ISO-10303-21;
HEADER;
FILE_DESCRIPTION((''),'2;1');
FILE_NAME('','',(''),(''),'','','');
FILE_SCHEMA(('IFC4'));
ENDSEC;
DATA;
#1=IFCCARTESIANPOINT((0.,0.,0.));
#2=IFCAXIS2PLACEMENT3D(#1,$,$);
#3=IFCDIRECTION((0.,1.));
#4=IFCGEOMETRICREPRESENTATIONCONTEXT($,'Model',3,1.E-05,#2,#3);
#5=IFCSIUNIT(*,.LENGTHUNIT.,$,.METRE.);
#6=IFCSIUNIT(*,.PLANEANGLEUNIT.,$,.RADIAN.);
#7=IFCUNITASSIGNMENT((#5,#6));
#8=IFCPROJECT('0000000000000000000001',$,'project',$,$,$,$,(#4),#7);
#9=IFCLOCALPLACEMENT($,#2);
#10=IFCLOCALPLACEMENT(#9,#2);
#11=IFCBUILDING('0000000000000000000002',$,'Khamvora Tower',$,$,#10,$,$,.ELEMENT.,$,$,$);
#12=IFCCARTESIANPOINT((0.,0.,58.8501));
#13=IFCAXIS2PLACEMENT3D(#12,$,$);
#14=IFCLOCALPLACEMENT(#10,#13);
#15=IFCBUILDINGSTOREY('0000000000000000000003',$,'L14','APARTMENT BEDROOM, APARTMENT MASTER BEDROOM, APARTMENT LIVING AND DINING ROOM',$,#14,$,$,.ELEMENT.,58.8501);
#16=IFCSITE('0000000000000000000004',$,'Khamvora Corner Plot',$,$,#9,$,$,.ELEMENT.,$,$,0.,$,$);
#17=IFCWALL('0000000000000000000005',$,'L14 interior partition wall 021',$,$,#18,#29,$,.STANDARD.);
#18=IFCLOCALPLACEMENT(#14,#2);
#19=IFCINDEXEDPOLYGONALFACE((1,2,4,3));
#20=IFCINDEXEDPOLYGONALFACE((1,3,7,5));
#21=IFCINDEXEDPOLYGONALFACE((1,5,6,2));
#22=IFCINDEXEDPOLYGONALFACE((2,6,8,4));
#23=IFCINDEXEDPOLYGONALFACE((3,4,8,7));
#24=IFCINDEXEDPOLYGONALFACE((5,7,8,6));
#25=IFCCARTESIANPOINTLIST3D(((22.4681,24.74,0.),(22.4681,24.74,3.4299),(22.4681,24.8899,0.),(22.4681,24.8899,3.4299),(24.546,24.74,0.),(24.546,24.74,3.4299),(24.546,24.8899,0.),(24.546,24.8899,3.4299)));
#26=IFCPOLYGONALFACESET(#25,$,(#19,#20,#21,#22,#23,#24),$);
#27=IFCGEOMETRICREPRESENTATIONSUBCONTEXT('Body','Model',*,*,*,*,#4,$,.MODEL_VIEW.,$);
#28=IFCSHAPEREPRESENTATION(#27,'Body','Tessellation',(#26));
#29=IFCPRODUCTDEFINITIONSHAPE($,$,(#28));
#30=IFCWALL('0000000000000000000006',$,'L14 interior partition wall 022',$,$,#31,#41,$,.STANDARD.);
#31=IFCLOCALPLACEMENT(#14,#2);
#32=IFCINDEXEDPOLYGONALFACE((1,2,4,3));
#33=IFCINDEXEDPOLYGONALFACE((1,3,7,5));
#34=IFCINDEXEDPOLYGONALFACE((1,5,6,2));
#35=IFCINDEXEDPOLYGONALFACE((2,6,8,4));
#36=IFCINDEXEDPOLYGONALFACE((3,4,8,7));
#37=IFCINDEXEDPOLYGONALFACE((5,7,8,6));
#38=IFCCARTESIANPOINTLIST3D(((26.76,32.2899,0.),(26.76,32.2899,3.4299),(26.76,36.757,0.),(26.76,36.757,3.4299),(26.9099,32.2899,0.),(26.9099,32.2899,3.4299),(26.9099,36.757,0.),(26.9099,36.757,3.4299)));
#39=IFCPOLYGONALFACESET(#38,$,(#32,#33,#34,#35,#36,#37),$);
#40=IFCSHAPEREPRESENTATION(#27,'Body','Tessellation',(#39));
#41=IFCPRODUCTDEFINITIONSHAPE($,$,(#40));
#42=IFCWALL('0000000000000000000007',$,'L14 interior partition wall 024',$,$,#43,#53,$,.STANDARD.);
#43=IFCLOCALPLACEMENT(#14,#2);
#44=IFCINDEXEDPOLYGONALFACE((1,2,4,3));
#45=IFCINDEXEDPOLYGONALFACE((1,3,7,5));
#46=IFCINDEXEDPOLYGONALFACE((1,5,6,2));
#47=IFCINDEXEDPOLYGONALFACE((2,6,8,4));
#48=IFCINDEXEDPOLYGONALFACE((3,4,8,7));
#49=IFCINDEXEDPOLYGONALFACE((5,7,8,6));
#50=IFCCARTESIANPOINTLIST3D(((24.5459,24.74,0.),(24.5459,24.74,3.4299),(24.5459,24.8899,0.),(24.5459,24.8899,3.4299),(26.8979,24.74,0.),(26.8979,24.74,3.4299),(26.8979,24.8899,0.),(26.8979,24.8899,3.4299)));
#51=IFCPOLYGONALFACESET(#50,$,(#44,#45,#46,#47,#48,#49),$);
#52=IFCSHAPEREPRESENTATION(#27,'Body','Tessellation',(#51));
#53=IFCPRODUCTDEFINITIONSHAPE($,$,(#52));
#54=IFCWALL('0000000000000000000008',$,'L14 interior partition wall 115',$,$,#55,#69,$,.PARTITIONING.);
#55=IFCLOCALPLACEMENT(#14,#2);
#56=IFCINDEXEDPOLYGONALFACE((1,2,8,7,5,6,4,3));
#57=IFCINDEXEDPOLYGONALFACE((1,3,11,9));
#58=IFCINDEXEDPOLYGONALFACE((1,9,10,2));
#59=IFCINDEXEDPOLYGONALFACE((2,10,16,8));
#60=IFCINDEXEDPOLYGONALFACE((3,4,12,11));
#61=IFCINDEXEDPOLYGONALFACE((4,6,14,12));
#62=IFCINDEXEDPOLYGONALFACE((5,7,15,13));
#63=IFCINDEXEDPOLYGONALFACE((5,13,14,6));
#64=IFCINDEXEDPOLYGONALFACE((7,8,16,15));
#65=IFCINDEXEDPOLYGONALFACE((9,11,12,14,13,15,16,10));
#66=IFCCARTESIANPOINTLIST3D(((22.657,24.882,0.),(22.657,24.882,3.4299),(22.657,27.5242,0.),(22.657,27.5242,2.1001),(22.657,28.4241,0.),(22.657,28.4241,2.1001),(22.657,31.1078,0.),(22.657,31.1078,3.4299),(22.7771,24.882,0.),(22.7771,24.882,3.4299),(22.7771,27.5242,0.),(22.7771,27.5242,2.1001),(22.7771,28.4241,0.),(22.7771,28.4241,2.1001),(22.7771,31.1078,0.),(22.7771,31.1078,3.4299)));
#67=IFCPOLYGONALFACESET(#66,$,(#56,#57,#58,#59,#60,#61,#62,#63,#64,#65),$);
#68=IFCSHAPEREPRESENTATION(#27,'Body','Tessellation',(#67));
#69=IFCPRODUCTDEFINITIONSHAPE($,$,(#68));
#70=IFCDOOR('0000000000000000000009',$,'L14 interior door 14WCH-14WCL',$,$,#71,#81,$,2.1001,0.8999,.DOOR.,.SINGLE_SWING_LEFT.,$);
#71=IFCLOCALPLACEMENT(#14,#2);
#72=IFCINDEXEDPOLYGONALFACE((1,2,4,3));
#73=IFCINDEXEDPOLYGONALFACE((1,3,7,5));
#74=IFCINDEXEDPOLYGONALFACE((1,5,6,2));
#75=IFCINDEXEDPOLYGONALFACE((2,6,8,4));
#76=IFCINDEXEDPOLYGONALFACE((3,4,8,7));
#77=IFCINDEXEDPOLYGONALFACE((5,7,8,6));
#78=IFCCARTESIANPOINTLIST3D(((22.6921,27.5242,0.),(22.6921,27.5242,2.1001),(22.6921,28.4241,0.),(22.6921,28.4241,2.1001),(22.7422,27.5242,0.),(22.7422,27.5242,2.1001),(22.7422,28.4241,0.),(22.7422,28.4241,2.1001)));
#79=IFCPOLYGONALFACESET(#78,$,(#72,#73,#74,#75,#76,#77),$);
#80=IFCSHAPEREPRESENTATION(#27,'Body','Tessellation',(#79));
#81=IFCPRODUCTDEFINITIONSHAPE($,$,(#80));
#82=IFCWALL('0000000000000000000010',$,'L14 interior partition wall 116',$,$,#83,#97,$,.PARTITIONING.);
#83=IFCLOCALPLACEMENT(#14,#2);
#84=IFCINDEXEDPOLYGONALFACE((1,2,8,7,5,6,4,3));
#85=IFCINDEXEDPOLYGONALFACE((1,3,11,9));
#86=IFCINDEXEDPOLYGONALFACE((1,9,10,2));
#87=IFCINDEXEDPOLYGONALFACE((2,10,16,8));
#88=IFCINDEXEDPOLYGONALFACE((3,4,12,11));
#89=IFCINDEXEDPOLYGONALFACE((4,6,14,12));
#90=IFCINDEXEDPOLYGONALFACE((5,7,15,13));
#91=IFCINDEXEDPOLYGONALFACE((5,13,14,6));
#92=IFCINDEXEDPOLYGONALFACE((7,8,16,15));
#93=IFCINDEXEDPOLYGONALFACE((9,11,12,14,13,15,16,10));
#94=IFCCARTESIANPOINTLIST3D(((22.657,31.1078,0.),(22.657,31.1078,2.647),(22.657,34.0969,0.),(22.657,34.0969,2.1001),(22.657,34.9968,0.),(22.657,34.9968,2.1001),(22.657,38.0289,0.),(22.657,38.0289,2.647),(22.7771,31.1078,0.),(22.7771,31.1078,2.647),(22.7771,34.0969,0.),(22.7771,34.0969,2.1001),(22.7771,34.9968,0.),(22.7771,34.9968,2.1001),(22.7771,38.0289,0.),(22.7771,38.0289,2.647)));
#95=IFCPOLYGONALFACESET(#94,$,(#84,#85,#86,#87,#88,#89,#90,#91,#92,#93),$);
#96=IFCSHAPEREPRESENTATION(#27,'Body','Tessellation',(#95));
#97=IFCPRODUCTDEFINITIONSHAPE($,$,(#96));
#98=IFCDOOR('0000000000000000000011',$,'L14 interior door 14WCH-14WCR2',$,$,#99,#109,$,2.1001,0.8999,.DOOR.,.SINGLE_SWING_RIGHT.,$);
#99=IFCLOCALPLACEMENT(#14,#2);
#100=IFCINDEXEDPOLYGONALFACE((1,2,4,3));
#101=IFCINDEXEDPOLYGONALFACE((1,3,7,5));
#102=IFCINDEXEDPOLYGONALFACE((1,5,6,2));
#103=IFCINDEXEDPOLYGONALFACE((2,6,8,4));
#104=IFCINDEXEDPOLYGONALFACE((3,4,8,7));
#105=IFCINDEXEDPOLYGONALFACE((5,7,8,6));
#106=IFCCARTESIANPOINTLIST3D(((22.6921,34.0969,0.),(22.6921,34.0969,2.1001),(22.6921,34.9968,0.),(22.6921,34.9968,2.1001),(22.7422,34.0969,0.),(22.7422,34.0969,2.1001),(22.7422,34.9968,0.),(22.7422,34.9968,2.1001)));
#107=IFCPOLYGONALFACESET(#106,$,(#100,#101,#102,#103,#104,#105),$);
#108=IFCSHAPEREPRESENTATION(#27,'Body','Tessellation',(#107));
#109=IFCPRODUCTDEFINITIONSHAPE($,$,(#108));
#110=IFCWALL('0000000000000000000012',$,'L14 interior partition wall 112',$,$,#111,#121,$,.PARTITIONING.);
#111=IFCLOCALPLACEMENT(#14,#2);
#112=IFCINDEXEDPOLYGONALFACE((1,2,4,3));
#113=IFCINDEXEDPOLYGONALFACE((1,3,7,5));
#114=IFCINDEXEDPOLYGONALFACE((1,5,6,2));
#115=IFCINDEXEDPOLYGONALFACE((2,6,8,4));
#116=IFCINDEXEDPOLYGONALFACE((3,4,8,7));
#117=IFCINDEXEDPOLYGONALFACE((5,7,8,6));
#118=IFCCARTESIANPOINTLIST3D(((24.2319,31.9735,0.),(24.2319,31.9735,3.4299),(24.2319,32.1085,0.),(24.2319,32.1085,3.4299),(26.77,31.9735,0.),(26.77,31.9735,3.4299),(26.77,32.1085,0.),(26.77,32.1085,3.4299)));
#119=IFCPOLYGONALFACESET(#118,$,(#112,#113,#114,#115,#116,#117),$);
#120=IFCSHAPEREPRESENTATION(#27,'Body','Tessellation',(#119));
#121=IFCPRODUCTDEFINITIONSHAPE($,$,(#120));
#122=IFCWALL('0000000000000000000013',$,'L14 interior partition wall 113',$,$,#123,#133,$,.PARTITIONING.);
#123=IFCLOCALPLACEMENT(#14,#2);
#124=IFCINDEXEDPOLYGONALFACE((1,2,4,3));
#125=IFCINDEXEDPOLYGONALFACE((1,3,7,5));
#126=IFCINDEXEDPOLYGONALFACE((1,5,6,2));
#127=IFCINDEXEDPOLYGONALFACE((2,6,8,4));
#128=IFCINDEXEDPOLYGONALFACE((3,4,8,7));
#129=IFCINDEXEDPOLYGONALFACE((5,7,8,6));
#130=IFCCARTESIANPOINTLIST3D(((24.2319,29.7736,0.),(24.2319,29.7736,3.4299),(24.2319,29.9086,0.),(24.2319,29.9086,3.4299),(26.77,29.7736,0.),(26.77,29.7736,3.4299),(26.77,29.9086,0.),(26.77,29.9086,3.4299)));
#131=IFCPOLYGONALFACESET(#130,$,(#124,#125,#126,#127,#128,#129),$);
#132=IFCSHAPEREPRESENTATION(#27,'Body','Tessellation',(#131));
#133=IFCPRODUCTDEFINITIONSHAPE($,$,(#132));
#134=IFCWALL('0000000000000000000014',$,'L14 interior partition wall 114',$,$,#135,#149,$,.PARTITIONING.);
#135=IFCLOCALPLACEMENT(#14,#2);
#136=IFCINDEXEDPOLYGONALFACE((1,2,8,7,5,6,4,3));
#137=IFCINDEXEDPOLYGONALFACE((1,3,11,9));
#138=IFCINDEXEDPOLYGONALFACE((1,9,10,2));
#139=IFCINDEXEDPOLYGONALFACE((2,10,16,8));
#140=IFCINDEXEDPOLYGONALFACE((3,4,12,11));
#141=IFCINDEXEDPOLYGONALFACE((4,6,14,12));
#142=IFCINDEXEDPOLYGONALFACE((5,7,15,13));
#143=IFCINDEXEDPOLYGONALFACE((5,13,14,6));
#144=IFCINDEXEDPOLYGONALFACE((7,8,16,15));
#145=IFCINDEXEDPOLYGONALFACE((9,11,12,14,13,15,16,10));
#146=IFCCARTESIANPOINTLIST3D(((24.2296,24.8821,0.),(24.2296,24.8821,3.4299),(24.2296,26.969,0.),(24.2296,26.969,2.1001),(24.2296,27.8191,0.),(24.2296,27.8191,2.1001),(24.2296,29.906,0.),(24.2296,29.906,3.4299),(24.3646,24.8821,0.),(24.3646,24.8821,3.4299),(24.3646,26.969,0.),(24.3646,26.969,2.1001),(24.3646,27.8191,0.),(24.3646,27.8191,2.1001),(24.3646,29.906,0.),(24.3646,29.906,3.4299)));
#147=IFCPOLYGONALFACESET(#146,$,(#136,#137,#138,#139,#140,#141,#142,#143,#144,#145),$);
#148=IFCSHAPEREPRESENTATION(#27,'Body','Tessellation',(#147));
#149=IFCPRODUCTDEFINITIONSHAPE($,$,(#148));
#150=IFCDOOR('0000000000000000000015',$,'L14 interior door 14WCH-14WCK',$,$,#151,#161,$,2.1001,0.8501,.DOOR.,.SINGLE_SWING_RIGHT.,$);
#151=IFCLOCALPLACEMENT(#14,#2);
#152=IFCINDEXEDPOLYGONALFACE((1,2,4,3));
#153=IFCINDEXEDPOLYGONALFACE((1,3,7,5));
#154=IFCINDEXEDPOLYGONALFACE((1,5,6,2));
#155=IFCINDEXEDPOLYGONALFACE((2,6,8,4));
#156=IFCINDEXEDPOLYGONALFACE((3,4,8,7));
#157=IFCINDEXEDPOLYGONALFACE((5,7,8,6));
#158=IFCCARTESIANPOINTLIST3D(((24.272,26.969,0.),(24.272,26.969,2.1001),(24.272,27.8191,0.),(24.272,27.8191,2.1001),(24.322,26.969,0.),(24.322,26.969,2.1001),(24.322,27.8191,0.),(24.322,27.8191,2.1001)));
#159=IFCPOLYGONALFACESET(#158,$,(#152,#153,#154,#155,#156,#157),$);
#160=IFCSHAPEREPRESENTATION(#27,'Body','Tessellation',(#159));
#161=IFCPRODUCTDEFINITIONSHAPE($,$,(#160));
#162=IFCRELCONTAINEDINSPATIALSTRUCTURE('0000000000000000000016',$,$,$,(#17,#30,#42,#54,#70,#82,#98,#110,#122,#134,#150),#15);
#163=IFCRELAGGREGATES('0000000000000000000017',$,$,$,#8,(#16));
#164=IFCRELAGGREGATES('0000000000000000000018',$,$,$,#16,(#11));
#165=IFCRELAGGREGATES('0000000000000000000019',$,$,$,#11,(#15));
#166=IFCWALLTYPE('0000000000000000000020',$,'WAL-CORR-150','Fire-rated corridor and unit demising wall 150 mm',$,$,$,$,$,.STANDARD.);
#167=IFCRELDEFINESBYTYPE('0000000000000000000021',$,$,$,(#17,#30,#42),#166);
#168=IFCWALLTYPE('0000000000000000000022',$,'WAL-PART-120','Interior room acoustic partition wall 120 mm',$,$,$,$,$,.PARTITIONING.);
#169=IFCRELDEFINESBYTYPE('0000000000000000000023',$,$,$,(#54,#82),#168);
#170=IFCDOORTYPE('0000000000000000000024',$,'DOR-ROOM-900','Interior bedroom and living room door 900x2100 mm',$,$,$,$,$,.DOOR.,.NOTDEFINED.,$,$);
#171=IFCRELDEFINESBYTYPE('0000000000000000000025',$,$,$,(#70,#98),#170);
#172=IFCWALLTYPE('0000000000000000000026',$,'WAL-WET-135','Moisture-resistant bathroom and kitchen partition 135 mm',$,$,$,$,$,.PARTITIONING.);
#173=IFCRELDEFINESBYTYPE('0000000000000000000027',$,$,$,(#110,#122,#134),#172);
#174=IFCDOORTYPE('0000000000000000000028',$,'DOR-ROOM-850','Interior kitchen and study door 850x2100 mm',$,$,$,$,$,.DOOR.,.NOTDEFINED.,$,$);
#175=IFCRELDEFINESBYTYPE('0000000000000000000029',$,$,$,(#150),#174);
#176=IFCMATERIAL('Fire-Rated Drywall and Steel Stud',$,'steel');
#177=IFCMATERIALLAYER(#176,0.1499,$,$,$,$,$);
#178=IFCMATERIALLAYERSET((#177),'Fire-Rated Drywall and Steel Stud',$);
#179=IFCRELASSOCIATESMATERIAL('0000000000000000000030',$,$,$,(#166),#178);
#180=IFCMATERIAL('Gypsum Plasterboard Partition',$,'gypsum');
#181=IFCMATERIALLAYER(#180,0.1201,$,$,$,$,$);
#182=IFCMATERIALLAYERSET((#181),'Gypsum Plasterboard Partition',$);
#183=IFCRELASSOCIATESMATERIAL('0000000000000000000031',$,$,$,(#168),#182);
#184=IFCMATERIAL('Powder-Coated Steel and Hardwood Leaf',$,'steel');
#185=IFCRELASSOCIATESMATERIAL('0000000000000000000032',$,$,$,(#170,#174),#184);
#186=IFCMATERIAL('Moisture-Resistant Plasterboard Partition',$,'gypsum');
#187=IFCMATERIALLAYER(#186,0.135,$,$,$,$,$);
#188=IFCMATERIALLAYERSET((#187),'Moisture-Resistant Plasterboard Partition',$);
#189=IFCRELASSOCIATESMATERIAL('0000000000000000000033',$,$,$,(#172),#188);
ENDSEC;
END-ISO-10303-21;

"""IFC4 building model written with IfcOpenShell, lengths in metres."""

from ifc_helpers import new_model, si_unit, direction, frame, frame_2d, origin, place, context, subcontext, project, spatial, rectangle, extrude, material, layer, layer_set, type_object, element, fill, save


model = new_model("IFC4")

# Units and contexts
model_context = context("Model", 3, precision=1e-05, world=origin(), true_north=direction((0.0, 1.0)))
body_context = subcontext(model_context, "Body", "Model", "MODEL_VIEW")
ifc_project = project(units=[si_unit("LENGTHUNIT", "METRE"), si_unit("PLANEANGLEUNIT", "RADIAN")], contexts=[model_context])

# Site, building, storey
site_placement = place(None, origin())
site = spatial("IfcSite", under=ifc_project, at=site_placement, Name="Khamvora Corner Plot", CompositionType="ELEMENT", RefElevation=0.0)
building_placement = place(site_placement, origin())
building = spatial("IfcBuilding", under=site, at=building_placement, Name="Khamvora Tower", CompositionType="ELEMENT")
storey_placement = place(building_placement, frame((0.0, 0.0, 58.8501)))
storey = spatial("IfcBuildingStorey", under=building, at=storey_placement, Name="L14", Description="APARTMENT BEDROOM, APARTMENT MASTER BEDROOM, APARTMENT LIVING AND DINING ROOM", CompositionType="ELEMENT", Elevation=58.8501)

# Shared definitions
ifc_material_1 = material(Name="Fire-Rated Drywall and Steel Stud", Category="steel")
ifc_layer_1 = layer(ifc_material_1, 0.1499)
ifc_layer_set_1 = layer_set([ifc_layer_1], Name="Fire-Rated Drywall and Steel Stud")
wall_type_1 = type_object("IfcWallType", Name="WAL-CORR-150", Description="Fire-rated corridor and unit demising wall 150 mm", PredefinedType="STANDARD", material=ifc_layer_set_1)

# Shared definitions
ifc_material_2 = material(Name="Powder-Coated Steel and Hardwood Leaf", Category="steel")

# Walls
wall_1_placement = place(storey_placement, frame((22.468, 24.8149, 0.0), z_axis=(0.0, 0.0, 1.0), x_axis=(1.0, 0.0, 0.0)))
element("IfcWall", 1, at=wall_1_placement, inside=storey, type_object=wall_type_1, Name="L14 interior partition wall 021", PredefinedType="STANDARD", context=body_context, shape_type="SweptSolid", body=[
    extrude(rectangle(XDim=2.0779, YDim=0.1499, at=frame_2d((1.0391, 0.0))), origin(), (0.0, 0.0, 1.0), 3.4299),
])
wall_2_placement = place(storey_placement, frame((26.835, 32.29, 0.0), z_axis=(0.0, 0.0, 1.0), x_axis=(0.0, 1.0, 0.0)))
element("IfcWall", 2, at=wall_2_placement, inside=storey, type_object=wall_type_1, Name="L14 interior partition wall 022", PredefinedType="STANDARD", context=body_context, shape_type="SweptSolid", body=[
    extrude(rectangle(XDim=4.467, YDim=0.1499, at=frame_2d((2.2334, 0.0))), origin(), (0.0, 0.0, 1.0), 3.4299),
])
wall_3_placement = place(storey_placement, frame((24.5459, 24.8149, 0.0), z_axis=(0.0, 0.0, 1.0), x_axis=(1.0, 0.0, 0.0)))
element("IfcWall", 3, at=wall_3_placement, inside=storey, type_object=wall_type_1, Name="L14 interior partition wall 024", PredefinedType="STANDARD", context=body_context, shape_type="SweptSolid", body=[
    extrude(rectangle(XDim=2.3521, YDim=0.1499, at=frame_2d((1.176, 0.0))), origin(), (0.0, 0.0, 1.0), 3.4299),
])

# Walls, openings, doors
ifc_material_3 = material(Name="Gypsum Plasterboard Partition", Category="gypsum")
ifc_layer_2 = layer(ifc_material_3, 0.1201)
ifc_layer_set_2 = layer_set([ifc_layer_2], Name="Gypsum Plasterboard Partition")
wall_type_2 = type_object("IfcWallType", Name="WAL-PART-120", Description="Interior room acoustic partition wall 120 mm", PredefinedType="PARTITIONING", material=ifc_layer_set_2)
wall_4_placement = place(storey_placement, frame((22.717, 24.8821, 0.0), z_axis=(0.0, 0.0, 1.0), x_axis=(0.0, 1.0, 0.0)))
wall_4 = element("IfcWall", 4, at=wall_4_placement, inside=storey, type_object=wall_type_2, Name="L14 interior partition wall 115", PredefinedType="PARTITIONING", context=body_context, shape_type="SweptSolid", body=[
    extrude(rectangle(XDim=6.2258, YDim=0.1201, at=frame_2d((3.1128, 0.0))), origin(), (0.0, 0.0, 1.0), 3.4299),
])
opening_1_placement = place(wall_4_placement, frame((2.6421, 0.0, 0.0)))
opening_1 = element("IfcOpeningElement", 5, at=opening_1_placement, cuts=wall_4, PredefinedType="OPENING", context=body_context, shape_type="SweptSolid", body=[
    extrude(rectangle(XDim=0.8999, YDim=2.1001, at=frame_2d((0.45, 1.05))), frame((0.0, 0.0701, 0.0), z_axis=(0.0, -1.0, 0.0), x_axis=(1.0, 0.0, 0.0)), (0.0, 0.0, 1.0), 0.1401),
])
door_type_1 = type_object("IfcDoorType", Name="DOR-ROOM-900", Description="Interior bedroom and living room door 900x2100 mm", OperationType="NOTDEFINED", PredefinedType="DOOR", material=ifc_material_2)
door_1_placement = place(opening_1_placement, origin())
door_1 = element("IfcDoor", 6, at=door_1_placement, inside=storey, type_object=door_type_1, Name="L14 interior door 14WCH-14WCL", OperationType="SINGLE_SWING_LEFT", OverallHeight=2.1001, OverallWidth=0.8999, PredefinedType="DOOR", context=body_context, shape_type="SweptSolid", body=[
    extrude(rectangle(XDim=0.8999, YDim=2.1001, at=frame_2d((0.45, 1.05))), frame((0.0, 0.0249, 0.0), z_axis=(0.0, -1.0, 0.0), x_axis=(1.0, 0.0, 0.0)), (0.0, 0.0, 1.0), 0.05),
])
fill(opening_1, door_1)
wall_5_placement = place(storey_placement, frame((22.717, 31.1079, 0.0), z_axis=(0.0, 0.0, 1.0), x_axis=(0.0, 1.0, 0.0)))
wall_5 = element("IfcWall", 7, at=wall_5_placement, inside=storey, type_object=wall_type_2, Name="L14 interior partition wall 116", PredefinedType="PARTITIONING", context=body_context, shape_type="SweptSolid", body=[
    extrude(rectangle(XDim=6.9211, YDim=0.1201, at=frame_2d((3.4604, 0.0))), origin(), (0.0, 0.0, 1.0), 2.647),
])
opening_2_placement = place(wall_5_placement, frame((2.989, 0.0, 0.0)))
opening_2 = element("IfcOpeningElement", 8, at=opening_2_placement, cuts=wall_5, PredefinedType="OPENING", context=body_context, shape_type="SweptSolid", body=[
    extrude(rectangle(XDim=0.8999, YDim=2.1001, at=frame_2d((0.45, 1.05))), frame((0.0, 0.0701, 0.0), z_axis=(0.0, -1.0, 0.0), x_axis=(1.0, 0.0, 0.0)), (0.0, 0.0, 1.0), 0.1401),
])
door_2_placement = place(opening_2_placement, origin())
door_2 = element("IfcDoor", 9, at=door_2_placement, inside=storey, type_object=door_type_1, Name="L14 interior door 14WCH-14WCR2", OperationType="SINGLE_SWING_RIGHT", OverallHeight=2.1001, OverallWidth=0.8999, PredefinedType="DOOR", context=body_context, shape_type="SweptSolid", body=[
    extrude(rectangle(XDim=0.8999, YDim=2.1001, at=frame_2d((0.45, 1.05))), frame((0.0, 0.0249, 0.0), z_axis=(0.0, -1.0, 0.0), x_axis=(1.0, 0.0, 0.0)), (0.0, 0.0, 1.0), 0.05),
])
fill(opening_2, door_2)

# Walls
ifc_material_4 = material(Name="Moisture-Resistant Plasterboard Partition", Category="gypsum")
ifc_layer_3 = layer(ifc_material_4, 0.135)
ifc_layer_set_3 = layer_set([ifc_layer_3], Name="Moisture-Resistant Plasterboard Partition")
wall_type_3 = type_object("IfcWallType", Name="WAL-WET-135", Description="Moisture-resistant bathroom and kitchen partition 135 mm", PredefinedType="PARTITIONING", material=ifc_layer_set_3)
for number, where, z_axis, x_axis, name in (
    (10, (24.2319, 32.041, 0.0), (0.0, 0.0, 1.0), (1.0, 0.0, 0.0), "L14 interior partition wall 112"),
    (11, (26.77, 29.8411, 0.0), (0.0, 0.0, 1.0), (-1.0, 0.0, 0.0), "L14 interior partition wall 113"),
):
    element("IfcWall", number, at=place(storey_placement, frame(where, z_axis=z_axis, x_axis=x_axis)), inside=storey, type_object=wall_type_3, Name=name, PredefinedType="PARTITIONING", context=body_context, shape_type="SweptSolid", body=[
        extrude(rectangle(XDim=2.5381, YDim=0.135, at=frame_2d((1.269, 0.0))), origin(), (0.0, 0.0, 1.0), 3.4299),
    ])

# Wall, opening, door
wall_6_placement = place(storey_placement, frame((24.2971, 29.906, 0.0), z_axis=(0.0, 0.0, 1.0), x_axis=(0.0, -1.0, 0.0)))
wall_6 = element("IfcWall", 12, at=wall_6_placement, inside=storey, type_object=wall_type_3, Name="L14 interior partition wall 114", PredefinedType="PARTITIONING", context=body_context, shape_type="SweptSolid", body=[
    extrude(rectangle(XDim=5.0239, YDim=0.135, at=frame_2d((2.512, 0.0))), origin(), (0.0, 0.0, 1.0), 3.4299),
])
opening_3_placement = place(wall_6_placement, frame((2.0869, 0.0, 0.0)))
opening_3 = element("IfcOpeningElement", 13, at=opening_3_placement, cuts=wall_6, PredefinedType="OPENING", context=body_context, shape_type="SweptSolid", body=[
    extrude(rectangle(XDim=0.8501, YDim=2.1001, at=frame_2d((0.425, 1.05))), frame((0.0, 0.0774, 0.0), z_axis=(0.0, -1.0, 0.0), x_axis=(1.0, 0.0, 0.0)), (0.0, 0.0, 1.0), 0.155),
])
door_type_2 = type_object("IfcDoorType", Name="DOR-ROOM-850", Description="Interior kitchen and study door 850x2100 mm", OperationType="NOTDEFINED", PredefinedType="DOOR", material=ifc_material_2)
door_3_placement = place(opening_3_placement, origin())
door_3 = element("IfcDoor", 14, at=door_3_placement, inside=storey, type_object=door_type_2, Name="L14 interior door 14WCH-14WCK", OperationType="SINGLE_SWING_RIGHT", OverallHeight=2.1001, OverallWidth=0.8501, PredefinedType="DOOR", context=body_context, shape_type="SweptSolid", body=[
    extrude(rectangle(XDim=0.8501, YDim=2.1001, at=frame_2d((0.425, 1.05))), frame((0.0, 0.0249, 0.0), z_axis=(0.0, -1.0, 0.0), x_axis=(1.0, 0.0, 0.0)), (0.0, 0.0, 1.0), 0.05),
])
fill(opening_3, door_3)

save(model, "model.ifc")
